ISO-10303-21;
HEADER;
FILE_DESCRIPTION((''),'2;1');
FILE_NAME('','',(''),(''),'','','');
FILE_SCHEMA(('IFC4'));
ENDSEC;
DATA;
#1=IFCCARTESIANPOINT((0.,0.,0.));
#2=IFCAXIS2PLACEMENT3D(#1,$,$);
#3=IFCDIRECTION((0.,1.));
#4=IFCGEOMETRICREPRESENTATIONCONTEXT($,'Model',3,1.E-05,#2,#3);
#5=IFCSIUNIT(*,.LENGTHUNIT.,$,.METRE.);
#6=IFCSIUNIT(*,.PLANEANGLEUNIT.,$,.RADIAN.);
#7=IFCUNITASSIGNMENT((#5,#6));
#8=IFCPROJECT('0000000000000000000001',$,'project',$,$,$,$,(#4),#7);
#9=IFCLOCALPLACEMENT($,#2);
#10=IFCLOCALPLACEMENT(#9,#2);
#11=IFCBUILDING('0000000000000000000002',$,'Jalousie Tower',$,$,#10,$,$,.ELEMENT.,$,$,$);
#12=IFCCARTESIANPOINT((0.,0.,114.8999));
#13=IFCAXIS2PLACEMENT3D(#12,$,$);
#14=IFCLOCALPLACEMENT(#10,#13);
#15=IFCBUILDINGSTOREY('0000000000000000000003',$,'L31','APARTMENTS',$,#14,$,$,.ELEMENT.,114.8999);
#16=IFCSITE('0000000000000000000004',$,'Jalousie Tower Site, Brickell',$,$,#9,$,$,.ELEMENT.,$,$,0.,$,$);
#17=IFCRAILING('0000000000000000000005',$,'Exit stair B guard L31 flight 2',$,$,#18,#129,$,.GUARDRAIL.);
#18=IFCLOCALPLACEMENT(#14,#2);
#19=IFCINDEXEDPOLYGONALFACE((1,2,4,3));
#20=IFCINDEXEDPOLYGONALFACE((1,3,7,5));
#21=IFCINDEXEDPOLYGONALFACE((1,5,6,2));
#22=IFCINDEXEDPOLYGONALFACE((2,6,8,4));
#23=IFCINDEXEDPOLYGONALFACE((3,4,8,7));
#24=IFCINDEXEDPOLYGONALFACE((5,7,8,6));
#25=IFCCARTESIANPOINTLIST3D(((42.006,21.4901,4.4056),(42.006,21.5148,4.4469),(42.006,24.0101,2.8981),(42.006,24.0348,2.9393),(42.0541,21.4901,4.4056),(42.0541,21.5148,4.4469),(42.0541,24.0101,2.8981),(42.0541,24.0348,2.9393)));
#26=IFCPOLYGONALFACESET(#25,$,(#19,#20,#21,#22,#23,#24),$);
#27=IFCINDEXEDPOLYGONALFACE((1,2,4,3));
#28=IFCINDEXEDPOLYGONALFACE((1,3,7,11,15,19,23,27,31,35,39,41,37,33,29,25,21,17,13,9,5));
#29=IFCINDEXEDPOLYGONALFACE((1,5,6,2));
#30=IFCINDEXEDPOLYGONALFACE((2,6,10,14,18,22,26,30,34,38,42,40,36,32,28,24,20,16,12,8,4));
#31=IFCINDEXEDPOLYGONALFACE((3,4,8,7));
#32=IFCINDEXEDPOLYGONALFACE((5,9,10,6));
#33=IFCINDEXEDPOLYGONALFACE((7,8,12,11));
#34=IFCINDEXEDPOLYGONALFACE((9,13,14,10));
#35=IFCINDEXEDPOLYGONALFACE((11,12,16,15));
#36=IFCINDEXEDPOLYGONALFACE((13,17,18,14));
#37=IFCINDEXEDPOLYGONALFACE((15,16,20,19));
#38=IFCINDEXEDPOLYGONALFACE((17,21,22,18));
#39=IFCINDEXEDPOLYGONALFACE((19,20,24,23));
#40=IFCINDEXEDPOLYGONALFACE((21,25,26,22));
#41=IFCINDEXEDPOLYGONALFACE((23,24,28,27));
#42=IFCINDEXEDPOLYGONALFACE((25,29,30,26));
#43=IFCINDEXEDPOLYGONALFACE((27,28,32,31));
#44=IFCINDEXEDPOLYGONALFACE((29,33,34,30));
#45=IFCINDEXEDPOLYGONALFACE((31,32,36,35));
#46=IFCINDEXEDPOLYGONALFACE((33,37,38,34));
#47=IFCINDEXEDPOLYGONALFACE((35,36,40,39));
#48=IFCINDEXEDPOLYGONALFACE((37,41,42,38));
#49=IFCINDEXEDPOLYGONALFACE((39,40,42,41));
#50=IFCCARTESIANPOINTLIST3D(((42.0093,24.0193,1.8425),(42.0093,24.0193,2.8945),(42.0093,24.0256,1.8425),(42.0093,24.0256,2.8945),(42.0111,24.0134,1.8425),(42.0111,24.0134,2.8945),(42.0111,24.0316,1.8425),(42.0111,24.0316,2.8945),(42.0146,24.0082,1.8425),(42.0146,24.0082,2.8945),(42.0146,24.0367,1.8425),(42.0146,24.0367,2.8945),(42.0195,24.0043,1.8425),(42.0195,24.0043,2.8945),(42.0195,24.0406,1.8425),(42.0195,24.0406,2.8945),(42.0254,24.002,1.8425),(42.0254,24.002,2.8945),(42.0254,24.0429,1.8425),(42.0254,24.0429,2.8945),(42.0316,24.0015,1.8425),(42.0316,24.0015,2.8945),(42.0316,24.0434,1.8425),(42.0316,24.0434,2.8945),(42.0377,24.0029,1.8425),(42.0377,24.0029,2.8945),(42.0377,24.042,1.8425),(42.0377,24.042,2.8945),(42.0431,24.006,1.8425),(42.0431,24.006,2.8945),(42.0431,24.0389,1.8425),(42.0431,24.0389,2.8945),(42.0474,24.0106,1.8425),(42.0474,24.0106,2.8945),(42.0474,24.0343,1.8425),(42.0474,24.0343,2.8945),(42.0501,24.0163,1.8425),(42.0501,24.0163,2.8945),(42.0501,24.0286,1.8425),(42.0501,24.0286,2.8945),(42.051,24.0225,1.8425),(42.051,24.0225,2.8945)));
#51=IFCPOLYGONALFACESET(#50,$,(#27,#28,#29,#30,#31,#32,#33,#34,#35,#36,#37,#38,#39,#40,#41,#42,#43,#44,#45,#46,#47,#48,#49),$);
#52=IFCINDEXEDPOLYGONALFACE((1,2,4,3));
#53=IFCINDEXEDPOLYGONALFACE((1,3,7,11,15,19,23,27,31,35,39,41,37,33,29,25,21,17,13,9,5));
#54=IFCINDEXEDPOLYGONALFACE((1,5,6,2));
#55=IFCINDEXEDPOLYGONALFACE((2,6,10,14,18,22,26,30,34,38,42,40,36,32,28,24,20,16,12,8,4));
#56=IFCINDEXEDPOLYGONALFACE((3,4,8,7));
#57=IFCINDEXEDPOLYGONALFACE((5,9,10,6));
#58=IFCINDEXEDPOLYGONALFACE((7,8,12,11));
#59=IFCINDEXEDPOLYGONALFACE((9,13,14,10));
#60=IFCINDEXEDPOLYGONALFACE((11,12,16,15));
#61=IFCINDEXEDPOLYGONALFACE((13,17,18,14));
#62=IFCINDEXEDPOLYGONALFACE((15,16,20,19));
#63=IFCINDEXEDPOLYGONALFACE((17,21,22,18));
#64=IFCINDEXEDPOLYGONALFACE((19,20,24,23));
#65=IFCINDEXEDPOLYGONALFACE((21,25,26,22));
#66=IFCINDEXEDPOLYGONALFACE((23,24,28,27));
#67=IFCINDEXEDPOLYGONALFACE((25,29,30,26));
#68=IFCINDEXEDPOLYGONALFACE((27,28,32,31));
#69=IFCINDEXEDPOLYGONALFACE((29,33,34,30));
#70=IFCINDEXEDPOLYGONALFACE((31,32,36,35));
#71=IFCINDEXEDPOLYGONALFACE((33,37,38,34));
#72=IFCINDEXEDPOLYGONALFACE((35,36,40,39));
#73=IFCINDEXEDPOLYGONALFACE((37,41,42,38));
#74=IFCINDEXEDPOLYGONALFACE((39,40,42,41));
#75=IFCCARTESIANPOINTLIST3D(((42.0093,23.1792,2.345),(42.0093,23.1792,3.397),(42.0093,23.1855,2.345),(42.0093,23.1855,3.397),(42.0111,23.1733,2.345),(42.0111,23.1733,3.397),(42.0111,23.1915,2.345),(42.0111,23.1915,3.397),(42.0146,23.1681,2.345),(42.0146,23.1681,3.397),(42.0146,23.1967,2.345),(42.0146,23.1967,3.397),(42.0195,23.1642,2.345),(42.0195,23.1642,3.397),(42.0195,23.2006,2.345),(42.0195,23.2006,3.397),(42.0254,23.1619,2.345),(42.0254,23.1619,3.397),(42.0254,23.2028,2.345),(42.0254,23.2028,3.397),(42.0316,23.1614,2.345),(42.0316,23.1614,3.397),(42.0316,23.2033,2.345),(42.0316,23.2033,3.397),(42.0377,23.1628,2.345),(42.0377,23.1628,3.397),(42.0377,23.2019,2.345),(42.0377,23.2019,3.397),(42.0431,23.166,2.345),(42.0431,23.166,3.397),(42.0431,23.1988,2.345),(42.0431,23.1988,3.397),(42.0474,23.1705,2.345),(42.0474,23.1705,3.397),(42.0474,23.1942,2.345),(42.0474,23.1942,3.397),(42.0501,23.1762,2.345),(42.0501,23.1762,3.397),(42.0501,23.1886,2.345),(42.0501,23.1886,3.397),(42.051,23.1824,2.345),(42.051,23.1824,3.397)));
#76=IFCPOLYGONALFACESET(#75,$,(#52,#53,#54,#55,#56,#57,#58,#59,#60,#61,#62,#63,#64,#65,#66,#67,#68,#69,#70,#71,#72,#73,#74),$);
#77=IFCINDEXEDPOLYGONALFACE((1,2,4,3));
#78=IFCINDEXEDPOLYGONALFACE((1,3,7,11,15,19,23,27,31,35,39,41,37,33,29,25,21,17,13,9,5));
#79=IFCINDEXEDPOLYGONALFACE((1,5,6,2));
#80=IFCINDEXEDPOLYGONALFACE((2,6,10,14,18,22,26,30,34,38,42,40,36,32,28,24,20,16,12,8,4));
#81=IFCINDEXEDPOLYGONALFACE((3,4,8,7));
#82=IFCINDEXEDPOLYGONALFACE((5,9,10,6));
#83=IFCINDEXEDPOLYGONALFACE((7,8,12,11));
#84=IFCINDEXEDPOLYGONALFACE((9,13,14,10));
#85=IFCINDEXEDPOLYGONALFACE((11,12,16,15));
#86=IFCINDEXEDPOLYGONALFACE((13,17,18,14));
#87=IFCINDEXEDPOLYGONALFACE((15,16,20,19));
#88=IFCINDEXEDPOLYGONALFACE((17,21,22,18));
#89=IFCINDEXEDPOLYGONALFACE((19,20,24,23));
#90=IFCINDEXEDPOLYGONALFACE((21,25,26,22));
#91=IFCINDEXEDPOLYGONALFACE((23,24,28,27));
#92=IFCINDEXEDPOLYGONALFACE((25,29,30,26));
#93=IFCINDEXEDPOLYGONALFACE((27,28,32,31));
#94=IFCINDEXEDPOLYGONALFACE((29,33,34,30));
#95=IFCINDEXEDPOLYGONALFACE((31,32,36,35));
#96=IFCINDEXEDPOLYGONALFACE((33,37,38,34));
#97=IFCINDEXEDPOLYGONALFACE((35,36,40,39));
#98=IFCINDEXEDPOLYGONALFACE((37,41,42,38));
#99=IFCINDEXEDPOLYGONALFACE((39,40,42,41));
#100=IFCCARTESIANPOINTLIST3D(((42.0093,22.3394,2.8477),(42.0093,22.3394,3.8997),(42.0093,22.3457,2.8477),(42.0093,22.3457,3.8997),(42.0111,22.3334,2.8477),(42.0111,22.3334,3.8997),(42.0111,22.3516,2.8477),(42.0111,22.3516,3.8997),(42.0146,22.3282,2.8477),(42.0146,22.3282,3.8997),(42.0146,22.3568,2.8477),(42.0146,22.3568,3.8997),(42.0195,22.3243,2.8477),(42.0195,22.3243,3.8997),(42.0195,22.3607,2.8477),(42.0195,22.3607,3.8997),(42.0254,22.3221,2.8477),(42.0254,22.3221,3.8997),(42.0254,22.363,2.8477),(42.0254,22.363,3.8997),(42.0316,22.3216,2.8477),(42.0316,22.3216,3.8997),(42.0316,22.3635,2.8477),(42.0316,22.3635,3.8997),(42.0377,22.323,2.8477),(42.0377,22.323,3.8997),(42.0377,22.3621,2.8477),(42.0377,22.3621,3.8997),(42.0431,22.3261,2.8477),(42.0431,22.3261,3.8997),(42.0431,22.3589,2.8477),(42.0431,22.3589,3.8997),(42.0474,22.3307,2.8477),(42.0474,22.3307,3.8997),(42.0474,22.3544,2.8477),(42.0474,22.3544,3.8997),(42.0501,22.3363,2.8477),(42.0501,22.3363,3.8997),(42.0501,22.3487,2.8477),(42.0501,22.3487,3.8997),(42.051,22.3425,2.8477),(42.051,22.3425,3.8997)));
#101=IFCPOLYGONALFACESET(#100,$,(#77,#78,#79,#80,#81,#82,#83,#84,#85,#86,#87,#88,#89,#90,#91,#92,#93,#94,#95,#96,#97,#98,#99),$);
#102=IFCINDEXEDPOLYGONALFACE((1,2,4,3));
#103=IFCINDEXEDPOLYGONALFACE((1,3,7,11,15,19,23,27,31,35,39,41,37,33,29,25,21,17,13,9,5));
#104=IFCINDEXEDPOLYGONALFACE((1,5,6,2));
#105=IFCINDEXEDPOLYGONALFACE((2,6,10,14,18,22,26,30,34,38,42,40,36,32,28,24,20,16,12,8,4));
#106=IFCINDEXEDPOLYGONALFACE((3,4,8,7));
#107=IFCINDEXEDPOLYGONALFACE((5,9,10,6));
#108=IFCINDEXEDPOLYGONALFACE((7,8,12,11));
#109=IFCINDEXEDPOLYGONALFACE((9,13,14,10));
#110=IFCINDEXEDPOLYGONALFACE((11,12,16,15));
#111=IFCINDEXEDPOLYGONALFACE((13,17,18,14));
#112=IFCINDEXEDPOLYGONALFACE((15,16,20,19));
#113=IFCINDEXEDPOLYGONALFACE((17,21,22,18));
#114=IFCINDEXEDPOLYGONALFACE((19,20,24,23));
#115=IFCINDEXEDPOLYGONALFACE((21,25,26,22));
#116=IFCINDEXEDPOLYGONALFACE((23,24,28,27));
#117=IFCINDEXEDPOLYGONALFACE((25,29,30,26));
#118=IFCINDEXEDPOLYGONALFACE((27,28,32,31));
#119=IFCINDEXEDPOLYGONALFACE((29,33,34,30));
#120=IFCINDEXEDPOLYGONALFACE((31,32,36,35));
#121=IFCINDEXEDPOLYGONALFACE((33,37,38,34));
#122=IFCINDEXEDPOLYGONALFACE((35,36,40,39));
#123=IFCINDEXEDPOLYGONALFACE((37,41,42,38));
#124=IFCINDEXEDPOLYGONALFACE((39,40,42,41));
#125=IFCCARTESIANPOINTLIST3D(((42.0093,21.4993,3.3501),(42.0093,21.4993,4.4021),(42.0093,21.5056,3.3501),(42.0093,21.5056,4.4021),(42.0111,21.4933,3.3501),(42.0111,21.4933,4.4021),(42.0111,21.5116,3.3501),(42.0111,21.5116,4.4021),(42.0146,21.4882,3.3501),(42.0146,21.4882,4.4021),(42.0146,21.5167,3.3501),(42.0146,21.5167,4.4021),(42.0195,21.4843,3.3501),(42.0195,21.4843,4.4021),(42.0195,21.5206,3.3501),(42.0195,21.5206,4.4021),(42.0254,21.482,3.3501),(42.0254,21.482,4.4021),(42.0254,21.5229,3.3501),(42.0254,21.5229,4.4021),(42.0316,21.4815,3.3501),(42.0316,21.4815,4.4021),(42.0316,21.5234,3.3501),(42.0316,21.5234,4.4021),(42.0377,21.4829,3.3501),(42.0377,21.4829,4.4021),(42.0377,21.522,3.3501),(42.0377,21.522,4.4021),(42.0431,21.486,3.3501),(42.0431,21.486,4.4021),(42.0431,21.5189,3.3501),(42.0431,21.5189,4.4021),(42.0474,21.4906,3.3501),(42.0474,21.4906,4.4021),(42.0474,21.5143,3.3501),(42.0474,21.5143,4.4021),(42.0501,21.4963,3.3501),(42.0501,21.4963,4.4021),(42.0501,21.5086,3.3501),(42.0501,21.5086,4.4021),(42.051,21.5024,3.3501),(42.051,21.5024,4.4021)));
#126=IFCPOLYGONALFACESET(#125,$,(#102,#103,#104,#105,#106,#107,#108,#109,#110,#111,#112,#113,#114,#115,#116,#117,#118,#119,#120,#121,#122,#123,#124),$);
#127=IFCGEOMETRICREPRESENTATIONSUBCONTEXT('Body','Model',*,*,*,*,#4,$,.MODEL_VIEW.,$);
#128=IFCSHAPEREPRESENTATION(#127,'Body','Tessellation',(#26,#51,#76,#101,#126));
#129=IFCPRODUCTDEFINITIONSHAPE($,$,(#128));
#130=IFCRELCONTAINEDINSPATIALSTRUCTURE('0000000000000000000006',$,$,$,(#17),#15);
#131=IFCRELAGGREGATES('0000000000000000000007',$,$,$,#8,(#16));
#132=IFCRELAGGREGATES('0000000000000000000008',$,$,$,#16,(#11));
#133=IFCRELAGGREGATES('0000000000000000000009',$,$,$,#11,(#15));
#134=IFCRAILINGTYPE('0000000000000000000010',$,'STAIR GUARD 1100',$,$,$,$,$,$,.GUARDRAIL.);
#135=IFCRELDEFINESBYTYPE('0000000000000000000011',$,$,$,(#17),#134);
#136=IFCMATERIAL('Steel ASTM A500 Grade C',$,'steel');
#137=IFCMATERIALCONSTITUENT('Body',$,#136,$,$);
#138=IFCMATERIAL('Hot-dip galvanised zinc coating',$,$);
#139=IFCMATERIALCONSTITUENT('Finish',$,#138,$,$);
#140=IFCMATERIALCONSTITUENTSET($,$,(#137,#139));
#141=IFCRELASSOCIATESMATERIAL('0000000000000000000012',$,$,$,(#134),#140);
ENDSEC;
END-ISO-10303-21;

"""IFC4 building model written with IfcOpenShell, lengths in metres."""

from ifc_helpers import new_model, si_unit, direction, frame, origin, origin_2d, place, context, subcontext, project, spatial, rectangle, circle, extrude, material, constituent, constituent_set, type_object, element, save


model = new_model("IFC4")

# Units and contexts
model_context = context("Model", 3, precision=1e-05, world=origin(), true_north=direction((0.0, 1.0)))
body_context = subcontext(model_context, "Body", "Model", "MODEL_VIEW")
ifc_project = project(units=[si_unit("LENGTHUNIT", "METRE"), si_unit("PLANEANGLEUNIT", "RADIAN")], contexts=[model_context])

# Site, building, storey
site_placement = place(None, origin())
site = spatial("IfcSite", under=ifc_project, at=site_placement, Name="Jalousie Tower Site, Brickell", CompositionType="ELEMENT", RefElevation=0.0)
building_placement = place(site_placement, origin())
building = spatial("IfcBuilding", under=site, at=building_placement, Name="Jalousie Tower", CompositionType="ELEMENT")
storey_placement = place(building_placement, frame((0.0, 0.0, 114.8999)))
storey = spatial("IfcBuildingStorey", under=building, at=storey_placement, Name="L31", Description="APARTMENTS", CompositionType="ELEMENT", Elevation=114.8999)

# Railing
ifc_material_1 = material(Name="Steel ASTM A500 Grade C", Category="steel")
ifc_constituent_1 = constituent(ifc_material_1, Name="Body")
ifc_material_2 = material(Name="Hot-dip galvanised zinc coating")
ifc_constituent_2 = constituent(ifc_material_2, Name="Finish")
ifc_constituent_set_1 = constituent_set(constituents=[ifc_constituent_1, ifc_constituent_2])
railing_type_1 = type_object("IfcRailingType", Name="STAIR GUARD 1100", PredefinedType="GUARDRAIL", material=ifc_constituent_set_1)
railing_1_placement = place(storey_placement, frame((42.03, 24.0225, 1.8425)))
element("IfcRailing", 1, at=railing_1_placement, inside=storey, type_object=railing_type_1, Name="Exit stair B guard L31 flight 2", PredefinedType="GUARDRAIL", context=body_context, shape_type="SweptSolid", body=[
    extrude(rectangle(XDim=0.0481, YDim=0.0481, at=origin_2d()), frame((0.0, 0.0, 1.0762), z_axis=(0.0, -0.85816, 0.513383), x_axis=(1.0, 0.0, 0.0)), (0.0, 0.0, 1.0), 2.9365),
    extrude(circle(Radius=0.021, at=origin_2d()), origin(), (0.0, 0.0, 1.0), 1.052),
    extrude(circle(Radius=0.021, at=origin_2d()), frame((0.0, -0.8401, 0.5024)), (0.0, 0.0, 1.0), 1.052),
    extrude(circle(Radius=0.021, at=origin_2d()), frame((0.0, -1.6799, 1.0051)), (0.0, 0.0, 1.0), 1.052),
    extrude(circle(Radius=0.021, at=origin_2d()), frame((0.0, -2.52, 1.5076)), (0.0, 0.0, 1.0), 1.052),
])

save(model, "model.ifc")
